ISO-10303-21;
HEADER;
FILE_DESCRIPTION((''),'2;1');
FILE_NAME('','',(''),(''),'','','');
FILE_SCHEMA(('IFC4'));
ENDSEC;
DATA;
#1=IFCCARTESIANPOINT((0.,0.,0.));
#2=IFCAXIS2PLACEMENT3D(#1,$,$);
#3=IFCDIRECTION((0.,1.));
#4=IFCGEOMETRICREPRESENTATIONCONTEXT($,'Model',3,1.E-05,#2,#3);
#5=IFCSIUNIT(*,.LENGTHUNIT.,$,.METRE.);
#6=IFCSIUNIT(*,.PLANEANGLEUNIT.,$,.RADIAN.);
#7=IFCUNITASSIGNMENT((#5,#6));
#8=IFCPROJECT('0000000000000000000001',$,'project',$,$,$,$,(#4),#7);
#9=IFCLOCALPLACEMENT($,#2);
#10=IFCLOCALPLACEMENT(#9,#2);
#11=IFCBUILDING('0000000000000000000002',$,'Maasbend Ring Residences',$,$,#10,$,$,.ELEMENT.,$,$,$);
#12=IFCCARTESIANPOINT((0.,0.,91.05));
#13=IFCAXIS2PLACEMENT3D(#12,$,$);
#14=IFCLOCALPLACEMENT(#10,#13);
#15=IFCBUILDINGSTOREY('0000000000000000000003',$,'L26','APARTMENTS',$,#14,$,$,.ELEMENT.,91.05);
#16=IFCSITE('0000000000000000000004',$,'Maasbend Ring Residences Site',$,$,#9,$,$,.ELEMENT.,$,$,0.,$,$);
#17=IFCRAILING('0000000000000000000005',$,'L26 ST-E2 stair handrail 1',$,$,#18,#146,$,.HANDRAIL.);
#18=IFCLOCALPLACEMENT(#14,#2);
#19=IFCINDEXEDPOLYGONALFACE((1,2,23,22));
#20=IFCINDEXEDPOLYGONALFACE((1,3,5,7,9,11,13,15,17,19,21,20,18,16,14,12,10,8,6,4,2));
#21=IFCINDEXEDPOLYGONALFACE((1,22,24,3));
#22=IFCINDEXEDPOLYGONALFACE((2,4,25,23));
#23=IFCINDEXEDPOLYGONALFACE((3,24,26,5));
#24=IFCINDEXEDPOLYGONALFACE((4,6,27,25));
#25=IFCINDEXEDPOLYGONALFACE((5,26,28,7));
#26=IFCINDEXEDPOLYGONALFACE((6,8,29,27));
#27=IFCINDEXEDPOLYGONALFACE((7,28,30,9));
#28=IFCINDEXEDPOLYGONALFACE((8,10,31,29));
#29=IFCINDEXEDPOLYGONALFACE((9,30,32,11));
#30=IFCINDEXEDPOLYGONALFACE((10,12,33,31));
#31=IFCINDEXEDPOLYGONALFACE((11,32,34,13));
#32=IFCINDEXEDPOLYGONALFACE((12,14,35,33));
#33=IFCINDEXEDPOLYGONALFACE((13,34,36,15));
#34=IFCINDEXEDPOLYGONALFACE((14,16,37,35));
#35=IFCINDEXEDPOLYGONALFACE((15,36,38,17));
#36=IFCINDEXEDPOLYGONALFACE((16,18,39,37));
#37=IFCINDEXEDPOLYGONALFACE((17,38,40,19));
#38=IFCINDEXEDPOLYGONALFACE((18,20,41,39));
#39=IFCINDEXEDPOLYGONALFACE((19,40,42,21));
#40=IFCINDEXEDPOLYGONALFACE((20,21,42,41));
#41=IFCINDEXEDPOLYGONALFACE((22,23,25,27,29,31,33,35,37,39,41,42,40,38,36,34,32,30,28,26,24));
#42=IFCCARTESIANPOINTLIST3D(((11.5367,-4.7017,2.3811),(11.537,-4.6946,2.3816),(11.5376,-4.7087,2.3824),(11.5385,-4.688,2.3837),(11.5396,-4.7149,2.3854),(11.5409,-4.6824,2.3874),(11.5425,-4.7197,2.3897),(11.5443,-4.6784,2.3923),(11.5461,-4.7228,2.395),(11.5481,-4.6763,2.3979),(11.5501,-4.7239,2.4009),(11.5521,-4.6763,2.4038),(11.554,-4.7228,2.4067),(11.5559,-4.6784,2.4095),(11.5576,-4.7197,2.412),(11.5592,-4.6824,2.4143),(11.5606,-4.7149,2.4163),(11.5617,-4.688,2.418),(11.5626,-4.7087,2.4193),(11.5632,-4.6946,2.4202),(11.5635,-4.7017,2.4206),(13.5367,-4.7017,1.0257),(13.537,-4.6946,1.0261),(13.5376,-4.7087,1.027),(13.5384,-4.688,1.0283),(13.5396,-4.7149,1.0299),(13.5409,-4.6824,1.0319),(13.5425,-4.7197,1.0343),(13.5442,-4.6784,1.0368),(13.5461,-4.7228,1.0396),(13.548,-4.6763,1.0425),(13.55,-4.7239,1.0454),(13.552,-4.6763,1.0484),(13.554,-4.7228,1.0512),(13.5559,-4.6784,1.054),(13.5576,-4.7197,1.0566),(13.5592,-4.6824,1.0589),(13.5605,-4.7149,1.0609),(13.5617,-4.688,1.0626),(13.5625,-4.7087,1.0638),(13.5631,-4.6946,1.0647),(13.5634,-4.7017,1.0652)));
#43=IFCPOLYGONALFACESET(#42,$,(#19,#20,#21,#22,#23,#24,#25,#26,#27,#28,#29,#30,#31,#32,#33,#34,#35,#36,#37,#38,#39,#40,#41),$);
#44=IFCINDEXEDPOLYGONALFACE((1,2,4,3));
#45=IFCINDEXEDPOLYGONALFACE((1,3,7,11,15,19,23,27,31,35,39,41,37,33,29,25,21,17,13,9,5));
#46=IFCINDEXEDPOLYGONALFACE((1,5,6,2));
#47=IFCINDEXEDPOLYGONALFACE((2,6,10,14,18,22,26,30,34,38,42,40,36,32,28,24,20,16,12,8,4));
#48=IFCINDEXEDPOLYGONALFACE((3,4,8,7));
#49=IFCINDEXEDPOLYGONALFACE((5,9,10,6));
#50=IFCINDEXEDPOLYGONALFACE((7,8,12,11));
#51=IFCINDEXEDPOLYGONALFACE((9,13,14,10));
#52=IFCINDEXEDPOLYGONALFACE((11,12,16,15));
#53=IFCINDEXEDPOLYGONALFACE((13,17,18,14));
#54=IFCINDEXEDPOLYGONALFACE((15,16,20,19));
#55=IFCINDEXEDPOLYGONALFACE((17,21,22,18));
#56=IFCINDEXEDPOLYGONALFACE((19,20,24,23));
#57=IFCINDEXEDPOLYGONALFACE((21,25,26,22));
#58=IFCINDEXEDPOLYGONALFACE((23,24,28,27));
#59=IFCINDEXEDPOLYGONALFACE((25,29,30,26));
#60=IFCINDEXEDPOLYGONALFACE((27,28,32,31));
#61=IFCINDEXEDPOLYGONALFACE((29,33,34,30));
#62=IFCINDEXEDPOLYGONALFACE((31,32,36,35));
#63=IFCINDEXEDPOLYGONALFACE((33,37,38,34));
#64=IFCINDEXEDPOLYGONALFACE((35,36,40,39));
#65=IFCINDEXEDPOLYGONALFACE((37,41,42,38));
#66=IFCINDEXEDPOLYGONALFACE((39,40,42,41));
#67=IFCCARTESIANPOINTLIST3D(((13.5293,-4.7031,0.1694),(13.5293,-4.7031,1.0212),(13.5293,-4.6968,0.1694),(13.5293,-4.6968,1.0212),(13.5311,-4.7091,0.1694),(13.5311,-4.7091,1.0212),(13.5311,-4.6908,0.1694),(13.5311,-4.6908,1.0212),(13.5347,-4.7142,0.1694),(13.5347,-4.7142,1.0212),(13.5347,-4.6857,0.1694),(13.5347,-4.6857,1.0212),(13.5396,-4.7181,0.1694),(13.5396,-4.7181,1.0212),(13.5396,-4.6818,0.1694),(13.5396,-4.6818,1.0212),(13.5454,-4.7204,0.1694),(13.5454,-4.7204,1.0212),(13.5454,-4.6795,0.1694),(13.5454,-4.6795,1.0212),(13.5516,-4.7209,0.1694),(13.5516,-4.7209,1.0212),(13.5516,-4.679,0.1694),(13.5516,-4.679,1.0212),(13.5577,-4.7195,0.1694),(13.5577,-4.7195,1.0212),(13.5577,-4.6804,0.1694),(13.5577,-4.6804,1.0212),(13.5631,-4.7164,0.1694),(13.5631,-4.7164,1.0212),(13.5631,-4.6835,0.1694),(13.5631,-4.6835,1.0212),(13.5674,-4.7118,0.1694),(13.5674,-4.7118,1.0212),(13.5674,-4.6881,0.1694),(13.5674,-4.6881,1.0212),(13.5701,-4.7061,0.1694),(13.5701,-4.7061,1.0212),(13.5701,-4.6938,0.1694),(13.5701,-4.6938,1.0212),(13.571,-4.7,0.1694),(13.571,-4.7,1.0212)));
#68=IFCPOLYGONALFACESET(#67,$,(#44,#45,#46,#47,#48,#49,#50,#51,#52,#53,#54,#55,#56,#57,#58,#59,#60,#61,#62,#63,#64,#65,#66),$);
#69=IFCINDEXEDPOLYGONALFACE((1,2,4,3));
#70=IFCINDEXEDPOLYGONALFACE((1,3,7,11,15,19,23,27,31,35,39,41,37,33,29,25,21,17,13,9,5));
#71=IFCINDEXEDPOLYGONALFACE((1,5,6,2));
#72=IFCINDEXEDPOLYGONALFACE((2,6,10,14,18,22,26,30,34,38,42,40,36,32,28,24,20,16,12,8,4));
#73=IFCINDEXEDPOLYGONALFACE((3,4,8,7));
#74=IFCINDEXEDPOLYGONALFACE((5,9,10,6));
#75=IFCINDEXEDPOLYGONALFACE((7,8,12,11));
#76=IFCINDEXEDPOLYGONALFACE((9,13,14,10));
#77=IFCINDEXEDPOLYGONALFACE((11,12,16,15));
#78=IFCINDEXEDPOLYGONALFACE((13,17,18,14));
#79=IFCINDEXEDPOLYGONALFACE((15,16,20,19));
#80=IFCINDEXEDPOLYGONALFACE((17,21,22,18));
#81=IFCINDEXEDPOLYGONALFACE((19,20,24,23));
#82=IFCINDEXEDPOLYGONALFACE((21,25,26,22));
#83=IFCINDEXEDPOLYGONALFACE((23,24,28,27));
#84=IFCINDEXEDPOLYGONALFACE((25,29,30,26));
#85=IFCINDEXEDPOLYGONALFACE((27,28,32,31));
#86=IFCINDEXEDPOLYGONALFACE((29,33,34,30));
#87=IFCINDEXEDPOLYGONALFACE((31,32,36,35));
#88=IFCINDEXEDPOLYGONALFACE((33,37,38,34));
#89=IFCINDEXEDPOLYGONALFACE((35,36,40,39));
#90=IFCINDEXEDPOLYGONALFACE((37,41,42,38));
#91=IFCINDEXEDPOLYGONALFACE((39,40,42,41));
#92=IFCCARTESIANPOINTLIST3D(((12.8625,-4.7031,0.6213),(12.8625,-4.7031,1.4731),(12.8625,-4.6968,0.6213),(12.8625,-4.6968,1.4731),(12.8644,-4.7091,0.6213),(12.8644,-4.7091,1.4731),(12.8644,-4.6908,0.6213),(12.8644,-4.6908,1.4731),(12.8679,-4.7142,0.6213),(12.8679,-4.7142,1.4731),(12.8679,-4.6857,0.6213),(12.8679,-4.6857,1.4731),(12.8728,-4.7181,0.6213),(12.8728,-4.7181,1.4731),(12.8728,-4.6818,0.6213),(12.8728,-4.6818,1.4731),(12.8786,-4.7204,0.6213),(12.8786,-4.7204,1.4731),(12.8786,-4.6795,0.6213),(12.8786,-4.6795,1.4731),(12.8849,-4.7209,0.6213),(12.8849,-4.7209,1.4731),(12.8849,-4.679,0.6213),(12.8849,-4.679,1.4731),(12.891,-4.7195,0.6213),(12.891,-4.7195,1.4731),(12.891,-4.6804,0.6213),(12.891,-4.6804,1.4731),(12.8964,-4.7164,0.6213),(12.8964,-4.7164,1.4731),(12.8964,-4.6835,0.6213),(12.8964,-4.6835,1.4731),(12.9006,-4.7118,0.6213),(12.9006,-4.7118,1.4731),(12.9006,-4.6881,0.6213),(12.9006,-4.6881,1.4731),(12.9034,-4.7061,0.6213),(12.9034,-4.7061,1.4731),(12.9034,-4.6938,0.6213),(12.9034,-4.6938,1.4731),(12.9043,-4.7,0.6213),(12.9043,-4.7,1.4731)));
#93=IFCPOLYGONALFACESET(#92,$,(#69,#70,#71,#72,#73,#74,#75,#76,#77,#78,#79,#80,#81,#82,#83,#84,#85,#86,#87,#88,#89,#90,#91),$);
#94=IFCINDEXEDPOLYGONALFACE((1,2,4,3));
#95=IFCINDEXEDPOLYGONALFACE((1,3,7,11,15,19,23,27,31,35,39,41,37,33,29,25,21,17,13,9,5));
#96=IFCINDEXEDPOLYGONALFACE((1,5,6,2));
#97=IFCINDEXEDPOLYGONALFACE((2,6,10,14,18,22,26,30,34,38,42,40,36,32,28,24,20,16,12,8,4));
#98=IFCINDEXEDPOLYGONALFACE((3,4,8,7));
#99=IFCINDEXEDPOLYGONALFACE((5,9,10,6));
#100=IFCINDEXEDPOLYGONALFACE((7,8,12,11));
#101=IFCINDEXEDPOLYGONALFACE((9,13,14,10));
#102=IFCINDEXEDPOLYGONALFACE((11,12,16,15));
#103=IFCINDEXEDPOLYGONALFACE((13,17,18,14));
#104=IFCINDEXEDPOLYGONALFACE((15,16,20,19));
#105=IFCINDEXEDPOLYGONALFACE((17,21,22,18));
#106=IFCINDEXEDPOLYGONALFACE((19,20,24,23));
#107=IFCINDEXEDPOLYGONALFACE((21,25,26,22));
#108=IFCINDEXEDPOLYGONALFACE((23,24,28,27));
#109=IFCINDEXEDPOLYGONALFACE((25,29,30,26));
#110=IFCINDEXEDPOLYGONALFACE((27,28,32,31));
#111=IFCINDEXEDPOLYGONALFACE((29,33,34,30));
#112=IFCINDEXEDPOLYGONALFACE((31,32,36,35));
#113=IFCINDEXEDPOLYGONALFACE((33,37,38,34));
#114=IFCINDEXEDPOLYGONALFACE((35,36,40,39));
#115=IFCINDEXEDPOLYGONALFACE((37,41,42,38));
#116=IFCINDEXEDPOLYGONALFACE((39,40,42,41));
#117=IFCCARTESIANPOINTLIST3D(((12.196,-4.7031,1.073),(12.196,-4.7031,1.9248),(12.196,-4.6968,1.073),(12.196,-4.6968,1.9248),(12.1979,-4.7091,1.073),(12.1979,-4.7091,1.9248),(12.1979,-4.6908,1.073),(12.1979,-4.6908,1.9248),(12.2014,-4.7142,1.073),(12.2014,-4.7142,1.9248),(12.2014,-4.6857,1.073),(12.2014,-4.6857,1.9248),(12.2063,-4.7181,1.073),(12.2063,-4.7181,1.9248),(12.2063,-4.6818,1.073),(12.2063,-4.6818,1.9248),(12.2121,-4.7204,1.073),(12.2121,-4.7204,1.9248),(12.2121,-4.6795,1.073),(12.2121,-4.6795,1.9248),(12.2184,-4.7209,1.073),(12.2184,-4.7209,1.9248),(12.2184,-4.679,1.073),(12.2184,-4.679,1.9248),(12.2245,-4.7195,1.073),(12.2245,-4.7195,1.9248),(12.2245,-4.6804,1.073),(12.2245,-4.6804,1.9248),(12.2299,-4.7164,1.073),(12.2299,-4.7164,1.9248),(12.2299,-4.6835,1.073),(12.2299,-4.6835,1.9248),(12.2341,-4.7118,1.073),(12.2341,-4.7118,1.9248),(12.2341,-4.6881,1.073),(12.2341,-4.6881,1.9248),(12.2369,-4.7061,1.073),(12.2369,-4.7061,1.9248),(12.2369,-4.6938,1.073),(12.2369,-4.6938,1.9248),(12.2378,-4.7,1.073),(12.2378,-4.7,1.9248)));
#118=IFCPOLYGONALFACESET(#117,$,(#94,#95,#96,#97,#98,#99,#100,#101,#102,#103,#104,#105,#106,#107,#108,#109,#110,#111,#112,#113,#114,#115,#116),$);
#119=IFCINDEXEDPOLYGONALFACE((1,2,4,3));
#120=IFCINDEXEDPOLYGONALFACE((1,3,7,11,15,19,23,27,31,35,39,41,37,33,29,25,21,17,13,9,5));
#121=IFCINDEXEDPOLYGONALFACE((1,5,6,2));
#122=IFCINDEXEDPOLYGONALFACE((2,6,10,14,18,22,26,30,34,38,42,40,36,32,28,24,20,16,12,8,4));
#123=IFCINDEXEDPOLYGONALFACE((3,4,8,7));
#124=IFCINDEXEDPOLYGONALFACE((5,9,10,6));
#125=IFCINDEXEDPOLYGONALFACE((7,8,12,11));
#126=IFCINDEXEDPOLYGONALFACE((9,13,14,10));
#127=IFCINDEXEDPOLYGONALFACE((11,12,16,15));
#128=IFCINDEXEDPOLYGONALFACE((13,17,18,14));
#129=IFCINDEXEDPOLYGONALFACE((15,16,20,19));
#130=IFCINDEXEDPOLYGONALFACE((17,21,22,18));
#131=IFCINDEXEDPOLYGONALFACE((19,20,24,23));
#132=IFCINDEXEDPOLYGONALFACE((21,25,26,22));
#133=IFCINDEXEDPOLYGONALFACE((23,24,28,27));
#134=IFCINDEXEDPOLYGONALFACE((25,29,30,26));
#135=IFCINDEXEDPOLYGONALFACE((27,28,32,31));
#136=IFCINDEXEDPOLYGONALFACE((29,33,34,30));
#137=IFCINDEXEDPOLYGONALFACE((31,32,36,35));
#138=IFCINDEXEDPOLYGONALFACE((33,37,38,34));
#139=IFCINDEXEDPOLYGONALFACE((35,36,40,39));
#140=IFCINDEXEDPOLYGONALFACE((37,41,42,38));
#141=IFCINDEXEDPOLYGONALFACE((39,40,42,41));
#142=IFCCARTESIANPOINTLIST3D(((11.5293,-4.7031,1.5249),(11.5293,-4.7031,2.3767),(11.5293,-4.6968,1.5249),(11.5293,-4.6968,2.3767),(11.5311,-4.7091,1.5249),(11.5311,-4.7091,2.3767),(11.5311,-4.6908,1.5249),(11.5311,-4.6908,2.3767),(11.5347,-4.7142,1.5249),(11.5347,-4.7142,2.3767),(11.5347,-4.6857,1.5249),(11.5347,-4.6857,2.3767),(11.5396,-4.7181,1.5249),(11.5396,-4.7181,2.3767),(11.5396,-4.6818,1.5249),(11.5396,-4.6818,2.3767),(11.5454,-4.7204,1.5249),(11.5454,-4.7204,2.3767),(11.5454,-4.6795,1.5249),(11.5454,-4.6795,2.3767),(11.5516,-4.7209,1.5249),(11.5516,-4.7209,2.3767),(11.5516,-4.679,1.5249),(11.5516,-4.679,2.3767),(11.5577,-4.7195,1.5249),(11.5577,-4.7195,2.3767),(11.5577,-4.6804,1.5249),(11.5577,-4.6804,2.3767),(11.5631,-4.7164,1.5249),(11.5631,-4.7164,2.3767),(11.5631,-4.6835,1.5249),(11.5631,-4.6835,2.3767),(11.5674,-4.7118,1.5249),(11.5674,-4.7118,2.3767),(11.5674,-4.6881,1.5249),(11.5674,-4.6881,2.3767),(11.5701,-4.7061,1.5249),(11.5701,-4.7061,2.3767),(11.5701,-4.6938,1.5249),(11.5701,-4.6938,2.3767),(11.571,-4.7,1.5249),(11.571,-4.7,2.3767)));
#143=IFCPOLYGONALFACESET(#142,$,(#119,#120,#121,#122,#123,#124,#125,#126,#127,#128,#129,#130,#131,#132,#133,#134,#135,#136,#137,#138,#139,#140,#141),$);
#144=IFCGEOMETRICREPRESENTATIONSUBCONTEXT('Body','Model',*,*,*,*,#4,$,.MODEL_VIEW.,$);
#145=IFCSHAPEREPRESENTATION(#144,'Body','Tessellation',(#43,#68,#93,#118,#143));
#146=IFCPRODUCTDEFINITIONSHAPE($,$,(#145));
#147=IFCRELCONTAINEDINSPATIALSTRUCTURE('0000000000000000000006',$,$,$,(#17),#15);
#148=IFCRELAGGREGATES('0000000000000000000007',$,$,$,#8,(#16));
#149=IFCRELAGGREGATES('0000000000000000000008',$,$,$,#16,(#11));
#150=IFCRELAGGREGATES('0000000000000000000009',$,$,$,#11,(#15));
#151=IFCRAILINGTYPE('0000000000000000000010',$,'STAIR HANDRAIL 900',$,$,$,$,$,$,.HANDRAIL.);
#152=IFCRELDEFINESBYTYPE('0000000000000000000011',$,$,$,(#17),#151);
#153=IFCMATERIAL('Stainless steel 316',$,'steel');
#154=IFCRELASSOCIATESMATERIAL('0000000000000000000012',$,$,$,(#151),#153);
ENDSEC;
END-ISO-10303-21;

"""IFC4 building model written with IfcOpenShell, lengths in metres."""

from ifc_helpers import new_model, si_unit, direction, frame, origin, origin_2d, place, context, subcontext, project, spatial, circle, extrude, material, type_object, element, save


model = new_model("IFC4")

# Units and contexts
model_context = context("Model", 3, precision=1e-05, world=origin(), true_north=direction((0.0, 1.0)))
body_context = subcontext(model_context, "Body", "Model", "MODEL_VIEW")
ifc_project = project(units=[si_unit("LENGTHUNIT", "METRE"), si_unit("PLANEANGLEUNIT", "RADIAN")], contexts=[model_context])

# Site, building, storey
site_placement = place(None, origin())
site = spatial("IfcSite", under=ifc_project, at=site_placement, Name="Maasbend Ring Residences Site", CompositionType="ELEMENT", RefElevation=0.0)
building_placement = place(site_placement, origin())
building = spatial("IfcBuilding", under=site, at=building_placement, Name="Maasbend Ring Residences", CompositionType="ELEMENT")
storey_placement = place(building_placement, frame((0.0, 0.0, 91.05)))
storey = spatial("IfcBuildingStorey", under=building, at=storey_placement, Name="L26", Description="APARTMENTS", CompositionType="ELEMENT", Elevation=91.05)

# Railing
ifc_material_1 = material(Name="Stainless steel 316", Category="steel")
railing_type_1 = type_object("IfcRailingType", Name="STAIR HANDRAIL 900", PredefinedType="HANDRAIL", material=ifc_material_1)
railing_1_placement = place(storey_placement, frame((13.55, -4.7, 0.1694)))
element("IfcRailing", 1, at=railing_1_placement, inside=storey, type_object=railing_type_1, Name="L26 ST-E2 stair handrail 1", PredefinedType="HANDRAIL", context=body_context, shape_type="SweptSolid", body=[
    extrude(circle(Radius=0.0239, at=origin_2d()), frame((0.0, 0.0, 0.876), z_axis=(-0.827798, 0.0, 0.561027), x_axis=(0.0, -1.0, 0.0)), (0.0, 0.0, 1.0), 2.416),
    extrude(circle(Radius=0.021, at=origin_2d()), origin(), (0.0, 0.0, 1.0), 0.8518),
    extrude(circle(Radius=0.021, at=origin_2d()), frame((-0.6667, 0.0, 0.4519)), (0.0, 0.0, 1.0), 0.8518),
    extrude(circle(Radius=0.021, at=origin_2d()), frame((-1.3333, 0.0, 0.9036)), (0.0, 0.0, 1.0), 0.8518),
    extrude(circle(Radius=0.021, at=origin_2d()), frame((-2.0, 0.0, 1.3555)), (0.0, 0.0, 1.0), 0.8518),
])

save(model, "model.ifc")
